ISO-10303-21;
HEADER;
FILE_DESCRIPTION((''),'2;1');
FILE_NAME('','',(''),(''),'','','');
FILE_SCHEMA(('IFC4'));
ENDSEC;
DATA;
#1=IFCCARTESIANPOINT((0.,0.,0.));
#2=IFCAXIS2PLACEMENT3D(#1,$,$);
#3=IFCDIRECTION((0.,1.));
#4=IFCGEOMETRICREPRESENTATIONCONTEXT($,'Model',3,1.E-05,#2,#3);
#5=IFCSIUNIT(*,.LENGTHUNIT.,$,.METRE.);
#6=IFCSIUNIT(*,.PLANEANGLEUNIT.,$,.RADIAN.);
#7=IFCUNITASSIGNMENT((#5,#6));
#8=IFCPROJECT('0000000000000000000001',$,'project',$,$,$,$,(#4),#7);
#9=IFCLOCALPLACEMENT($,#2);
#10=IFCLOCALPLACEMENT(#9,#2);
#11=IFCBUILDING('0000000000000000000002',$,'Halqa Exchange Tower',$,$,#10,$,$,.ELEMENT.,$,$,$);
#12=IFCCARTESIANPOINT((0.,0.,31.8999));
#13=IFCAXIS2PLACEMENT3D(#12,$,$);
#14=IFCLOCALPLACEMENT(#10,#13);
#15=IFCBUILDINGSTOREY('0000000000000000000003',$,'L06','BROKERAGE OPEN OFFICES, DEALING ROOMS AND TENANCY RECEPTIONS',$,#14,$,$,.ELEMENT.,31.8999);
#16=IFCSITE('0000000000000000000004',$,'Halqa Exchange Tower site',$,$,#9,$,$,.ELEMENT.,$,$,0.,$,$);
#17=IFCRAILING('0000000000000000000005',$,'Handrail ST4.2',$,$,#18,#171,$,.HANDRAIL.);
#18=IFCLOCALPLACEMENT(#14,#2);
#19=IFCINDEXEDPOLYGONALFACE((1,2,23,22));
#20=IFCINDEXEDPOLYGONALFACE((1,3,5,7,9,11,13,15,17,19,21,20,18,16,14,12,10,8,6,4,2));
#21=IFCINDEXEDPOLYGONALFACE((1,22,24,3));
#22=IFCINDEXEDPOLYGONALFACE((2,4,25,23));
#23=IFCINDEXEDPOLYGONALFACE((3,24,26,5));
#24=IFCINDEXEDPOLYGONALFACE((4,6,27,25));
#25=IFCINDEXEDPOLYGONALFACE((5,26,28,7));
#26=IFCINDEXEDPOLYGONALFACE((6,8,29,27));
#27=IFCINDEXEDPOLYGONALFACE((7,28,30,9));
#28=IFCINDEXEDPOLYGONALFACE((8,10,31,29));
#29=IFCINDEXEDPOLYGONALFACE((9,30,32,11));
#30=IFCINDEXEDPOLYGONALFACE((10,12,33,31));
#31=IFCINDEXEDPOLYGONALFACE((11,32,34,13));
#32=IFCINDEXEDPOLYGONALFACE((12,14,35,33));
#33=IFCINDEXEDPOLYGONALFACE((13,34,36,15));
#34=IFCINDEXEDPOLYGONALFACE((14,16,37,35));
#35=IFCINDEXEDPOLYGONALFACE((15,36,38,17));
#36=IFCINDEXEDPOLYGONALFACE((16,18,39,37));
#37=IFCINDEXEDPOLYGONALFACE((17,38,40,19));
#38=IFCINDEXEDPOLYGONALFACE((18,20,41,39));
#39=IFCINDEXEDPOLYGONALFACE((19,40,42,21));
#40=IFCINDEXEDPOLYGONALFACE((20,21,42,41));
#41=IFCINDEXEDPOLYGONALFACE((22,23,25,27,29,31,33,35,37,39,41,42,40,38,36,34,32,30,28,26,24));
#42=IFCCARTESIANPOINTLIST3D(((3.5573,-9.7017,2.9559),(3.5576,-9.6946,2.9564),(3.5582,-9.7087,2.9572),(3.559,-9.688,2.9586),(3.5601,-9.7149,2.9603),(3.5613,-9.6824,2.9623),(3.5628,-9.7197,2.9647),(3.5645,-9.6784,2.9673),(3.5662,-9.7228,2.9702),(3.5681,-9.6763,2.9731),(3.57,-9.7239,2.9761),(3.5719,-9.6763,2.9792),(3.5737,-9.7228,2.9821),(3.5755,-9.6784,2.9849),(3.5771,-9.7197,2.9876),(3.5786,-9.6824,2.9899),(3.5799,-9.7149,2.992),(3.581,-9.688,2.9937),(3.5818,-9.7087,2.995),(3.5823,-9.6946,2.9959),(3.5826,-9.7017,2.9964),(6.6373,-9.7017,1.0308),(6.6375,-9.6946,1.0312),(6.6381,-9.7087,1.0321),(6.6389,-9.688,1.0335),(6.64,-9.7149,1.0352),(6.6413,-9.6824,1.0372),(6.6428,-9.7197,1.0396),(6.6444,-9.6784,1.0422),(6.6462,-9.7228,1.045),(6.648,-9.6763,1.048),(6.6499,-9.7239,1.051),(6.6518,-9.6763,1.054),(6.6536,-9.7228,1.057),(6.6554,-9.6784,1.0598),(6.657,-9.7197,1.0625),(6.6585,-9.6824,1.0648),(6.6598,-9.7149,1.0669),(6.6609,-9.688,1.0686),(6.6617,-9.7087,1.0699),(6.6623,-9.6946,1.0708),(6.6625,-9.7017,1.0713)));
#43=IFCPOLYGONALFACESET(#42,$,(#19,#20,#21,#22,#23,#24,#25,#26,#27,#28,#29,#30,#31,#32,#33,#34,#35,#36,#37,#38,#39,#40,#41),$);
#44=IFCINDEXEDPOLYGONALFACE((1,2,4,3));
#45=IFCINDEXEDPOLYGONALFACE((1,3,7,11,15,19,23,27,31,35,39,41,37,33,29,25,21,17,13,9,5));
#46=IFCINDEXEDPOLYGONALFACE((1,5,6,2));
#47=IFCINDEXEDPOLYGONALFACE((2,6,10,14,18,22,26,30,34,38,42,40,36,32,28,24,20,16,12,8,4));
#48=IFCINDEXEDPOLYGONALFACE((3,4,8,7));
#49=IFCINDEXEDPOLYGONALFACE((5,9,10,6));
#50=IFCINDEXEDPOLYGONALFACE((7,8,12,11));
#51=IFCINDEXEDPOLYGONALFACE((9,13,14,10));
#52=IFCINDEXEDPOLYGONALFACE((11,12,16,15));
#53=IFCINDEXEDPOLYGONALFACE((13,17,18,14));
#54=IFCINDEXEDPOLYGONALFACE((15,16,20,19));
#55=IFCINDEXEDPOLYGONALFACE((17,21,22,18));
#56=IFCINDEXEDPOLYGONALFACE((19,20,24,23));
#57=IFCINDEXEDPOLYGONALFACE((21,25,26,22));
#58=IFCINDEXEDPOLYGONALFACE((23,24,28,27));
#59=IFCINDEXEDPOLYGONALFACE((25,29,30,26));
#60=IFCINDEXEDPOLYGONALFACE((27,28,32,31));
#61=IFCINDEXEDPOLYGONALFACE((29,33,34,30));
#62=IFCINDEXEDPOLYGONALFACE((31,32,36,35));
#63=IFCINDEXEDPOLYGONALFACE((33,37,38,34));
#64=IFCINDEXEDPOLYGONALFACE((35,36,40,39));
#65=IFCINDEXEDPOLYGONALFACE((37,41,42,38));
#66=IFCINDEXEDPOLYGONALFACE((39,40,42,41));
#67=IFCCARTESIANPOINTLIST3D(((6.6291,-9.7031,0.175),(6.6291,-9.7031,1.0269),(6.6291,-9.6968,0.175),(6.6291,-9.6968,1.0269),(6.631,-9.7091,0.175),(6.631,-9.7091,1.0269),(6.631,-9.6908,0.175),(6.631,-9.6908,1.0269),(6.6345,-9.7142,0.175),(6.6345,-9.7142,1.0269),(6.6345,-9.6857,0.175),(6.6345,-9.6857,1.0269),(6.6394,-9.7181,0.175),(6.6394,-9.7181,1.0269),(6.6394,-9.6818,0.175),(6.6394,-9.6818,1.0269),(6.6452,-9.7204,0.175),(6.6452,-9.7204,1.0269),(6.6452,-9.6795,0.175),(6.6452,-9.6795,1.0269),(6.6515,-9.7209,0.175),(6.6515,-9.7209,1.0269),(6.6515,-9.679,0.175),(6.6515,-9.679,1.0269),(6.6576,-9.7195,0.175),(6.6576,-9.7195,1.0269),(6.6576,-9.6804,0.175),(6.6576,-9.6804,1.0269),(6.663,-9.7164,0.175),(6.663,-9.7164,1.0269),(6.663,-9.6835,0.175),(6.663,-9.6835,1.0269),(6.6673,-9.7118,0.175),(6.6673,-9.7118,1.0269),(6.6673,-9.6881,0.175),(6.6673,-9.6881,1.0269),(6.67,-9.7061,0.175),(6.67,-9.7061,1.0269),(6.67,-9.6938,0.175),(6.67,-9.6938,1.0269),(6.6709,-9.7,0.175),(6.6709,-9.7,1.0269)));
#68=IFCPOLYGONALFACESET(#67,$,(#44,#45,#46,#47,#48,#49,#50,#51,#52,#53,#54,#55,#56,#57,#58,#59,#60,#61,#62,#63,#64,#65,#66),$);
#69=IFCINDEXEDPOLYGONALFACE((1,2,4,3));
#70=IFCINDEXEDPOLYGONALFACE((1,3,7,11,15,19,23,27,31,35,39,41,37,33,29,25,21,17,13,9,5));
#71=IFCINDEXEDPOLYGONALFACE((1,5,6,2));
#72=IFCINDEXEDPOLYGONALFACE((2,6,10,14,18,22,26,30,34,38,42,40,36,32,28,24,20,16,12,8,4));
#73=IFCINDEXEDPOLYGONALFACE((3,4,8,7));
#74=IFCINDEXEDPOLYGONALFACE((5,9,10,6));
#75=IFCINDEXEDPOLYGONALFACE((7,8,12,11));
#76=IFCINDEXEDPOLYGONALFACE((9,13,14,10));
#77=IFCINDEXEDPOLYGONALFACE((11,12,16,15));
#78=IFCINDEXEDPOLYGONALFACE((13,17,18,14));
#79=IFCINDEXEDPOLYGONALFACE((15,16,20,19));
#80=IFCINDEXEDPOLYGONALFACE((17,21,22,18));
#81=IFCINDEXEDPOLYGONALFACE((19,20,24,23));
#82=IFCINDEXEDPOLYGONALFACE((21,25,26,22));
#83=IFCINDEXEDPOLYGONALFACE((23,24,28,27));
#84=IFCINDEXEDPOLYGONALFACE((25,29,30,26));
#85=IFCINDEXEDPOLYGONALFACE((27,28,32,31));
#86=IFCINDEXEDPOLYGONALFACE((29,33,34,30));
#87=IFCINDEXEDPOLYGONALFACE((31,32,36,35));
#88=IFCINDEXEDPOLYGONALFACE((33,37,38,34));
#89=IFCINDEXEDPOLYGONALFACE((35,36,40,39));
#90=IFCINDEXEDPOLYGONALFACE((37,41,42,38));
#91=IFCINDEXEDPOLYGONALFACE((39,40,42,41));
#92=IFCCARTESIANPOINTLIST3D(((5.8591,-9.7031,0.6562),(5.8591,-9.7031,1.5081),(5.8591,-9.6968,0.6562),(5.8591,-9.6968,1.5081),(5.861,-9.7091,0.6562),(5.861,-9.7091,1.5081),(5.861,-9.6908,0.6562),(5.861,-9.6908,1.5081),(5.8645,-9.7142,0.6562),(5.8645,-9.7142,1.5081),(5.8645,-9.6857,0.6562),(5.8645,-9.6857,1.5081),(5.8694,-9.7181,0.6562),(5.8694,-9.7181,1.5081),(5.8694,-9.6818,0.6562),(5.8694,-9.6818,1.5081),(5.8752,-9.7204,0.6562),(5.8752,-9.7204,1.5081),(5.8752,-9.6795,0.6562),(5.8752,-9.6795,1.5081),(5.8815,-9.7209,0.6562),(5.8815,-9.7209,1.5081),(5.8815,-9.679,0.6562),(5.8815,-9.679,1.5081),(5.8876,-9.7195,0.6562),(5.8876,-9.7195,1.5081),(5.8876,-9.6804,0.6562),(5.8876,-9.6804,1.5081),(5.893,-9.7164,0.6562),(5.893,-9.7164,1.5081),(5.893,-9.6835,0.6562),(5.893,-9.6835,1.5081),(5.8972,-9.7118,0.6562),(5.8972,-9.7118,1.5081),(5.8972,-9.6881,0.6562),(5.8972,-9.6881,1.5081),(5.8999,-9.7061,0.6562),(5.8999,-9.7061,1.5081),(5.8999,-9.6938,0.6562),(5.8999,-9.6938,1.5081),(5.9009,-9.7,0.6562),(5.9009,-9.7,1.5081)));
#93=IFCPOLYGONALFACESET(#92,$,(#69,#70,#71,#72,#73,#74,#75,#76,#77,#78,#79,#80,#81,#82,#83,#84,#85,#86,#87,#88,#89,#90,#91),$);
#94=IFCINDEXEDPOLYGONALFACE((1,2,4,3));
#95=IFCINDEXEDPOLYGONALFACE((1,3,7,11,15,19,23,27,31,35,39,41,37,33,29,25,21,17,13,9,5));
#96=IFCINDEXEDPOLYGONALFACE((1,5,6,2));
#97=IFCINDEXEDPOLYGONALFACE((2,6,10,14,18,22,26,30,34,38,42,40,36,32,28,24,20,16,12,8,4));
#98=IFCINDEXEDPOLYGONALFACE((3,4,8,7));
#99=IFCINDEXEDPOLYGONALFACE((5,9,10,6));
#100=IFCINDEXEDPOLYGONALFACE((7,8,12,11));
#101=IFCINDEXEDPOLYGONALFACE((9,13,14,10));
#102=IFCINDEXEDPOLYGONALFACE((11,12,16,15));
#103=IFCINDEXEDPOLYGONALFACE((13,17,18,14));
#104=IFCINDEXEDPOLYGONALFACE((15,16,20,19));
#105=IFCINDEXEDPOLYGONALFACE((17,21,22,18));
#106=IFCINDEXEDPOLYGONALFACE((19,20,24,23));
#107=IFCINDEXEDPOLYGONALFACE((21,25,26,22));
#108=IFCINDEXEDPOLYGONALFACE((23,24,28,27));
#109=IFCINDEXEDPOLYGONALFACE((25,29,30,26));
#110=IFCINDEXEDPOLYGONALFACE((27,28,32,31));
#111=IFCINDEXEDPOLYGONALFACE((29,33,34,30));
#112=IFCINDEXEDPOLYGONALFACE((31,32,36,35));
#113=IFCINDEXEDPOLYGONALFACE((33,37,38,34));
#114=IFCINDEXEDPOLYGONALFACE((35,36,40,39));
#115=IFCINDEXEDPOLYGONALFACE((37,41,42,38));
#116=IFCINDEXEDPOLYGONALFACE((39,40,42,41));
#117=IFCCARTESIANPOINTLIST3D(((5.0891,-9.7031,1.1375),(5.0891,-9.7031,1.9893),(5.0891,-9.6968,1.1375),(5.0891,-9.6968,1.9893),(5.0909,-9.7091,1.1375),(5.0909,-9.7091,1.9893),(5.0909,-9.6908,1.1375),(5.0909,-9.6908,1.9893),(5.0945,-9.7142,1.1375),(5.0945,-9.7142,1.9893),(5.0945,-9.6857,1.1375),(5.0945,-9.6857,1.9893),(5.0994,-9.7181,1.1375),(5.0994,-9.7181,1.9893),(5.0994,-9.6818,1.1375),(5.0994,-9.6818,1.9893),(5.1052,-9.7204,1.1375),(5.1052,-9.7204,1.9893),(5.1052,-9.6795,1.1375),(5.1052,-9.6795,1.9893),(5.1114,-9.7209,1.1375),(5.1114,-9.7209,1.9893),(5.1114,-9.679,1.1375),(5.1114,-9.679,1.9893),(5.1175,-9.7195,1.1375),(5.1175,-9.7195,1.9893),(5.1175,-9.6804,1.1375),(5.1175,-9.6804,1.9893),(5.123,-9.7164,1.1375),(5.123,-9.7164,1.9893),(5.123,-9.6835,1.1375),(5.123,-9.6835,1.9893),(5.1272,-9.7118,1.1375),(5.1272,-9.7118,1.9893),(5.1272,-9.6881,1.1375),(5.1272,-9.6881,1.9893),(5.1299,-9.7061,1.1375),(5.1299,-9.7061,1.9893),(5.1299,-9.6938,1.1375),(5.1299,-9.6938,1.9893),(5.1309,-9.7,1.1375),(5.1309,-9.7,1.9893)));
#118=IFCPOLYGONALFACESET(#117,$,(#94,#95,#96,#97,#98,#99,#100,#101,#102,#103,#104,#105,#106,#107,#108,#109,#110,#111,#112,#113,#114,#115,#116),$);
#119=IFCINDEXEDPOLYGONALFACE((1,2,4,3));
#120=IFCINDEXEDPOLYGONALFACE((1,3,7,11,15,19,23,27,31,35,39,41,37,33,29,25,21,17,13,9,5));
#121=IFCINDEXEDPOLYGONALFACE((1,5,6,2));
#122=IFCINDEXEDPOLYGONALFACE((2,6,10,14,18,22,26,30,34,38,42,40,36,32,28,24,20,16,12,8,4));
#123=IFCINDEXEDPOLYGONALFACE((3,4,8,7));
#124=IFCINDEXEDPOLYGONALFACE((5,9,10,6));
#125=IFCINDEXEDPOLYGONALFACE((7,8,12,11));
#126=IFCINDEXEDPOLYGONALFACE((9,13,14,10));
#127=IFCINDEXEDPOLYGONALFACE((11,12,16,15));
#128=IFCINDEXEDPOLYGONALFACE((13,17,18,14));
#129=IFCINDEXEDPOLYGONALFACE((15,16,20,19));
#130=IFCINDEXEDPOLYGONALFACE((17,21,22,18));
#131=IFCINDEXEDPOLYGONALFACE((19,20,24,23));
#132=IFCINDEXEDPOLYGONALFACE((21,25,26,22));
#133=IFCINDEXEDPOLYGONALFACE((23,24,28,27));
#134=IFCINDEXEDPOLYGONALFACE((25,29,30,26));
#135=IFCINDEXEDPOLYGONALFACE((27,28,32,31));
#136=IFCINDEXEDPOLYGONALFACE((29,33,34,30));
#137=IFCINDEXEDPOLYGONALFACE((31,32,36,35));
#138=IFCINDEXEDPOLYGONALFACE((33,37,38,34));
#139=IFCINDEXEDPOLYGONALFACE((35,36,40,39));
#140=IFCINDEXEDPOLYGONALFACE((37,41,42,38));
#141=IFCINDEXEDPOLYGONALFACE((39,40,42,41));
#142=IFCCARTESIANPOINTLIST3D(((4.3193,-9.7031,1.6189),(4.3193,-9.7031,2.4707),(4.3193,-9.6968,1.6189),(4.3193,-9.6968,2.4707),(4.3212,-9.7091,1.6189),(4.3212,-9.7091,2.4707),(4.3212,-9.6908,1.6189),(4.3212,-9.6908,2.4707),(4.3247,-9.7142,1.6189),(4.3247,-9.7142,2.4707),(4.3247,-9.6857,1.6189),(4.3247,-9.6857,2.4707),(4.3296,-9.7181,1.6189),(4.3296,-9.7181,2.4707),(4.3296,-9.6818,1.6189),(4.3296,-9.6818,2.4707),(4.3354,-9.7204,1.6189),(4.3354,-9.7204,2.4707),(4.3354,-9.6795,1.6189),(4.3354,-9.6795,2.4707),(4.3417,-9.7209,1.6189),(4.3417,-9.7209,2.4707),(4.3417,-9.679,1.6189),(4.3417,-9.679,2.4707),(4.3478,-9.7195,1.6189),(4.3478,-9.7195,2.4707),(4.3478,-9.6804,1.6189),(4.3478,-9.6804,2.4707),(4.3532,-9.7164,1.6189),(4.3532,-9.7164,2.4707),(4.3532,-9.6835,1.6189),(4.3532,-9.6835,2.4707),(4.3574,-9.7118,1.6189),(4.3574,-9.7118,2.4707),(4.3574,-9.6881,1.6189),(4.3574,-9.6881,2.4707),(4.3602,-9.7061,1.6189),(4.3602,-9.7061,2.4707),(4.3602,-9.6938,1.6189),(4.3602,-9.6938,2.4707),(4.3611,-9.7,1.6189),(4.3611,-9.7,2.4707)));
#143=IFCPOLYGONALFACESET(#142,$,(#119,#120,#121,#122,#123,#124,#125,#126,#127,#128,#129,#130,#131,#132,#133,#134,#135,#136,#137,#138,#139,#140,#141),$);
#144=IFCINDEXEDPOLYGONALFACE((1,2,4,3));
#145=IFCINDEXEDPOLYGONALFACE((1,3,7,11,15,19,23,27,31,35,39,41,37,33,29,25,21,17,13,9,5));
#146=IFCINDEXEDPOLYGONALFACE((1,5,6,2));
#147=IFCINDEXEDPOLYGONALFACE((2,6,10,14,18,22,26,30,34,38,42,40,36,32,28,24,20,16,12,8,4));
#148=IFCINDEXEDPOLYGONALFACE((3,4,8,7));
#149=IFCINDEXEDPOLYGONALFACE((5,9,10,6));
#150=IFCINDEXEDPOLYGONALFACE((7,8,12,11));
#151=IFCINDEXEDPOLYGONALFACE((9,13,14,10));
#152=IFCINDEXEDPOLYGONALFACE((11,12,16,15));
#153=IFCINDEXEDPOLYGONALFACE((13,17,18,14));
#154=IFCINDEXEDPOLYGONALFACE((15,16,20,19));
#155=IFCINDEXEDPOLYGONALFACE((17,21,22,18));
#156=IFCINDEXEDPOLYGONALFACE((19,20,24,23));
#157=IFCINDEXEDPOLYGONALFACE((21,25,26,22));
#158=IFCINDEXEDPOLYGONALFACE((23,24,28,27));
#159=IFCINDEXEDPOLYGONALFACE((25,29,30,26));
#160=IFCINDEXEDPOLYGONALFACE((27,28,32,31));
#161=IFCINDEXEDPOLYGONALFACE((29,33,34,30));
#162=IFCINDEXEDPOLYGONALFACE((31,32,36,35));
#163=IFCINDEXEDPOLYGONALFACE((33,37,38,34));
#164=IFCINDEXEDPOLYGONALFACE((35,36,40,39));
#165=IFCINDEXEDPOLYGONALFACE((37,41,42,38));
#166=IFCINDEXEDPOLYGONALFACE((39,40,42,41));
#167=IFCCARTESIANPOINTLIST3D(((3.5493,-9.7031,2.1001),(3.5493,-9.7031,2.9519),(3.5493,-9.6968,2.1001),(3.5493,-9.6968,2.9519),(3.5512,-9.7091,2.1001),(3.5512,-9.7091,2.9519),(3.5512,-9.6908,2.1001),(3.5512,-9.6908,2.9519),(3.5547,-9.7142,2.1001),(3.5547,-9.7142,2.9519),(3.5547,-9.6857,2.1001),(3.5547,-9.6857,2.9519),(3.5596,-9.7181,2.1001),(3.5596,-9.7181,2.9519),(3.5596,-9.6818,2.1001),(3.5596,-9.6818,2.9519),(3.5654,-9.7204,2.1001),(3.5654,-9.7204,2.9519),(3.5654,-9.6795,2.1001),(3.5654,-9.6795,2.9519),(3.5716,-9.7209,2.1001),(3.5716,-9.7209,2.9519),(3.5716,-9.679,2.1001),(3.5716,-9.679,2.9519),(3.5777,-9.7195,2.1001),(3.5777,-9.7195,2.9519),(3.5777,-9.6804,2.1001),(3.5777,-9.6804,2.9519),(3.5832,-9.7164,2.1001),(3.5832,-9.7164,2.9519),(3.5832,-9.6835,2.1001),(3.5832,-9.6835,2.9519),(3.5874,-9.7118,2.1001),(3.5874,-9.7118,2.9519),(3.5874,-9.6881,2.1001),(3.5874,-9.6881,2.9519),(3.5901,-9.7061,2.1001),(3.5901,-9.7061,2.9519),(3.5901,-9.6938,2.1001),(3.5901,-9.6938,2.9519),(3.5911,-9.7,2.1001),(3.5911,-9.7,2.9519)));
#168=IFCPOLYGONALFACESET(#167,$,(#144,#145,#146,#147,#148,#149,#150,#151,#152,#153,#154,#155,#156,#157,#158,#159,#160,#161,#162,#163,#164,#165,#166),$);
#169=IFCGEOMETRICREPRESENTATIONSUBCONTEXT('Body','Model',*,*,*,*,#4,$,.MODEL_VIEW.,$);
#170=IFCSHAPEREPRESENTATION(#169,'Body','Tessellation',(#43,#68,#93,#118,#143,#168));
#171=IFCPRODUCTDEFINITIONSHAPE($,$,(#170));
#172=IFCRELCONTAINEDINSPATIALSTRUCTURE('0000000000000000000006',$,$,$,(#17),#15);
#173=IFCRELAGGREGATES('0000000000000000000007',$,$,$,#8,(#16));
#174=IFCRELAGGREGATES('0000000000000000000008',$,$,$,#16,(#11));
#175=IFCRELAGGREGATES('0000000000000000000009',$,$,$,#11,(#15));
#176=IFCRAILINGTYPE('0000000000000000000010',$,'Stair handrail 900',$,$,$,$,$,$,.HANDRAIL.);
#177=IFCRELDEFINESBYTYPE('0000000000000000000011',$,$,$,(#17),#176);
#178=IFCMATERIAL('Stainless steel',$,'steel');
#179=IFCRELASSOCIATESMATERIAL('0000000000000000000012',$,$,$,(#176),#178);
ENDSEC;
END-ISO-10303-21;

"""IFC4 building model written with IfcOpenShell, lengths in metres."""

from ifc_helpers import new_model, si_unit, direction, frame, origin, origin_2d, place, context, subcontext, project, spatial, circle, extrude, material, type_object, element, save


model = new_model("IFC4")

# Units and contexts
model_context = context("Model", 3, precision=1e-05, world=origin(), true_north=direction((0.0, 1.0)))
body_context = subcontext(model_context, "Body", "Model", "MODEL_VIEW")
ifc_project = project(units=[si_unit("LENGTHUNIT", "METRE"), si_unit("PLANEANGLEUNIT", "RADIAN")], contexts=[model_context])

# Site, building, storey
site_placement = place(None, origin())
site = spatial("IfcSite", under=ifc_project, at=site_placement, Name="Halqa Exchange Tower site", CompositionType="ELEMENT", RefElevation=0.0)
building_placement = place(site_placement, origin())
building = spatial("IfcBuilding", under=site, at=building_placement, Name="Halqa Exchange Tower", CompositionType="ELEMENT")
storey_placement = place(building_placement, frame((0.0, 0.0, 31.8999)))
storey = spatial("IfcBuildingStorey", under=building, at=storey_placement, Name="L06", Description="BROKERAGE OPEN OFFICES, DEALING ROOMS AND TENANCY RECEPTIONS", CompositionType="ELEMENT", Elevation=31.8999)

# Railing
ifc_material_1 = material(Name="Stainless steel", Category="steel")
railing_type_1 = type_object("IfcRailingType", Name="Stair handrail 900", PredefinedType="HANDRAIL", material=ifc_material_1)
railing_1_placement = place(storey_placement, frame((6.6499, -9.7, 0.175)))
element("IfcRailing", 1, at=railing_1_placement, inside=storey, type_object=railing_type_1, Name="Handrail ST4.2", PredefinedType="HANDRAIL", context=body_context, shape_type="SweptSolid", body=[
    extrude(circle(Radius=0.0239, at=origin_2d()), frame((0.0, 0.0, 0.876), z_axis=(-0.847979, 0.0, 0.530029), x_axis=(0.0, -1.0, 0.0)), (0.0, 0.0, 1.0), 3.6321),
    extrude(circle(Radius=0.021, at=origin_2d()), origin(), (0.0, 0.0, 1.0), 0.8518),
    extrude(circle(Radius=0.021, at=origin_2d()), frame((-0.77, 0.0, 0.4812)), (0.0, 0.0, 1.0), 0.8518),
    extrude(circle(Radius=0.021, at=origin_2d()), frame((-1.54, 0.0, 0.9624)), (0.0, 0.0, 1.0), 0.8518),
    extrude(circle(Radius=0.021, at=origin_2d()), frame((-2.3098, 0.0, 1.4438)), (0.0, 0.0, 1.0), 0.8518),
    extrude(circle(Radius=0.021, at=origin_2d()), frame((-3.0798, 0.0, 1.925)), (0.0, 0.0, 1.0), 0.8518),
])

save(model, "model.ifc")
